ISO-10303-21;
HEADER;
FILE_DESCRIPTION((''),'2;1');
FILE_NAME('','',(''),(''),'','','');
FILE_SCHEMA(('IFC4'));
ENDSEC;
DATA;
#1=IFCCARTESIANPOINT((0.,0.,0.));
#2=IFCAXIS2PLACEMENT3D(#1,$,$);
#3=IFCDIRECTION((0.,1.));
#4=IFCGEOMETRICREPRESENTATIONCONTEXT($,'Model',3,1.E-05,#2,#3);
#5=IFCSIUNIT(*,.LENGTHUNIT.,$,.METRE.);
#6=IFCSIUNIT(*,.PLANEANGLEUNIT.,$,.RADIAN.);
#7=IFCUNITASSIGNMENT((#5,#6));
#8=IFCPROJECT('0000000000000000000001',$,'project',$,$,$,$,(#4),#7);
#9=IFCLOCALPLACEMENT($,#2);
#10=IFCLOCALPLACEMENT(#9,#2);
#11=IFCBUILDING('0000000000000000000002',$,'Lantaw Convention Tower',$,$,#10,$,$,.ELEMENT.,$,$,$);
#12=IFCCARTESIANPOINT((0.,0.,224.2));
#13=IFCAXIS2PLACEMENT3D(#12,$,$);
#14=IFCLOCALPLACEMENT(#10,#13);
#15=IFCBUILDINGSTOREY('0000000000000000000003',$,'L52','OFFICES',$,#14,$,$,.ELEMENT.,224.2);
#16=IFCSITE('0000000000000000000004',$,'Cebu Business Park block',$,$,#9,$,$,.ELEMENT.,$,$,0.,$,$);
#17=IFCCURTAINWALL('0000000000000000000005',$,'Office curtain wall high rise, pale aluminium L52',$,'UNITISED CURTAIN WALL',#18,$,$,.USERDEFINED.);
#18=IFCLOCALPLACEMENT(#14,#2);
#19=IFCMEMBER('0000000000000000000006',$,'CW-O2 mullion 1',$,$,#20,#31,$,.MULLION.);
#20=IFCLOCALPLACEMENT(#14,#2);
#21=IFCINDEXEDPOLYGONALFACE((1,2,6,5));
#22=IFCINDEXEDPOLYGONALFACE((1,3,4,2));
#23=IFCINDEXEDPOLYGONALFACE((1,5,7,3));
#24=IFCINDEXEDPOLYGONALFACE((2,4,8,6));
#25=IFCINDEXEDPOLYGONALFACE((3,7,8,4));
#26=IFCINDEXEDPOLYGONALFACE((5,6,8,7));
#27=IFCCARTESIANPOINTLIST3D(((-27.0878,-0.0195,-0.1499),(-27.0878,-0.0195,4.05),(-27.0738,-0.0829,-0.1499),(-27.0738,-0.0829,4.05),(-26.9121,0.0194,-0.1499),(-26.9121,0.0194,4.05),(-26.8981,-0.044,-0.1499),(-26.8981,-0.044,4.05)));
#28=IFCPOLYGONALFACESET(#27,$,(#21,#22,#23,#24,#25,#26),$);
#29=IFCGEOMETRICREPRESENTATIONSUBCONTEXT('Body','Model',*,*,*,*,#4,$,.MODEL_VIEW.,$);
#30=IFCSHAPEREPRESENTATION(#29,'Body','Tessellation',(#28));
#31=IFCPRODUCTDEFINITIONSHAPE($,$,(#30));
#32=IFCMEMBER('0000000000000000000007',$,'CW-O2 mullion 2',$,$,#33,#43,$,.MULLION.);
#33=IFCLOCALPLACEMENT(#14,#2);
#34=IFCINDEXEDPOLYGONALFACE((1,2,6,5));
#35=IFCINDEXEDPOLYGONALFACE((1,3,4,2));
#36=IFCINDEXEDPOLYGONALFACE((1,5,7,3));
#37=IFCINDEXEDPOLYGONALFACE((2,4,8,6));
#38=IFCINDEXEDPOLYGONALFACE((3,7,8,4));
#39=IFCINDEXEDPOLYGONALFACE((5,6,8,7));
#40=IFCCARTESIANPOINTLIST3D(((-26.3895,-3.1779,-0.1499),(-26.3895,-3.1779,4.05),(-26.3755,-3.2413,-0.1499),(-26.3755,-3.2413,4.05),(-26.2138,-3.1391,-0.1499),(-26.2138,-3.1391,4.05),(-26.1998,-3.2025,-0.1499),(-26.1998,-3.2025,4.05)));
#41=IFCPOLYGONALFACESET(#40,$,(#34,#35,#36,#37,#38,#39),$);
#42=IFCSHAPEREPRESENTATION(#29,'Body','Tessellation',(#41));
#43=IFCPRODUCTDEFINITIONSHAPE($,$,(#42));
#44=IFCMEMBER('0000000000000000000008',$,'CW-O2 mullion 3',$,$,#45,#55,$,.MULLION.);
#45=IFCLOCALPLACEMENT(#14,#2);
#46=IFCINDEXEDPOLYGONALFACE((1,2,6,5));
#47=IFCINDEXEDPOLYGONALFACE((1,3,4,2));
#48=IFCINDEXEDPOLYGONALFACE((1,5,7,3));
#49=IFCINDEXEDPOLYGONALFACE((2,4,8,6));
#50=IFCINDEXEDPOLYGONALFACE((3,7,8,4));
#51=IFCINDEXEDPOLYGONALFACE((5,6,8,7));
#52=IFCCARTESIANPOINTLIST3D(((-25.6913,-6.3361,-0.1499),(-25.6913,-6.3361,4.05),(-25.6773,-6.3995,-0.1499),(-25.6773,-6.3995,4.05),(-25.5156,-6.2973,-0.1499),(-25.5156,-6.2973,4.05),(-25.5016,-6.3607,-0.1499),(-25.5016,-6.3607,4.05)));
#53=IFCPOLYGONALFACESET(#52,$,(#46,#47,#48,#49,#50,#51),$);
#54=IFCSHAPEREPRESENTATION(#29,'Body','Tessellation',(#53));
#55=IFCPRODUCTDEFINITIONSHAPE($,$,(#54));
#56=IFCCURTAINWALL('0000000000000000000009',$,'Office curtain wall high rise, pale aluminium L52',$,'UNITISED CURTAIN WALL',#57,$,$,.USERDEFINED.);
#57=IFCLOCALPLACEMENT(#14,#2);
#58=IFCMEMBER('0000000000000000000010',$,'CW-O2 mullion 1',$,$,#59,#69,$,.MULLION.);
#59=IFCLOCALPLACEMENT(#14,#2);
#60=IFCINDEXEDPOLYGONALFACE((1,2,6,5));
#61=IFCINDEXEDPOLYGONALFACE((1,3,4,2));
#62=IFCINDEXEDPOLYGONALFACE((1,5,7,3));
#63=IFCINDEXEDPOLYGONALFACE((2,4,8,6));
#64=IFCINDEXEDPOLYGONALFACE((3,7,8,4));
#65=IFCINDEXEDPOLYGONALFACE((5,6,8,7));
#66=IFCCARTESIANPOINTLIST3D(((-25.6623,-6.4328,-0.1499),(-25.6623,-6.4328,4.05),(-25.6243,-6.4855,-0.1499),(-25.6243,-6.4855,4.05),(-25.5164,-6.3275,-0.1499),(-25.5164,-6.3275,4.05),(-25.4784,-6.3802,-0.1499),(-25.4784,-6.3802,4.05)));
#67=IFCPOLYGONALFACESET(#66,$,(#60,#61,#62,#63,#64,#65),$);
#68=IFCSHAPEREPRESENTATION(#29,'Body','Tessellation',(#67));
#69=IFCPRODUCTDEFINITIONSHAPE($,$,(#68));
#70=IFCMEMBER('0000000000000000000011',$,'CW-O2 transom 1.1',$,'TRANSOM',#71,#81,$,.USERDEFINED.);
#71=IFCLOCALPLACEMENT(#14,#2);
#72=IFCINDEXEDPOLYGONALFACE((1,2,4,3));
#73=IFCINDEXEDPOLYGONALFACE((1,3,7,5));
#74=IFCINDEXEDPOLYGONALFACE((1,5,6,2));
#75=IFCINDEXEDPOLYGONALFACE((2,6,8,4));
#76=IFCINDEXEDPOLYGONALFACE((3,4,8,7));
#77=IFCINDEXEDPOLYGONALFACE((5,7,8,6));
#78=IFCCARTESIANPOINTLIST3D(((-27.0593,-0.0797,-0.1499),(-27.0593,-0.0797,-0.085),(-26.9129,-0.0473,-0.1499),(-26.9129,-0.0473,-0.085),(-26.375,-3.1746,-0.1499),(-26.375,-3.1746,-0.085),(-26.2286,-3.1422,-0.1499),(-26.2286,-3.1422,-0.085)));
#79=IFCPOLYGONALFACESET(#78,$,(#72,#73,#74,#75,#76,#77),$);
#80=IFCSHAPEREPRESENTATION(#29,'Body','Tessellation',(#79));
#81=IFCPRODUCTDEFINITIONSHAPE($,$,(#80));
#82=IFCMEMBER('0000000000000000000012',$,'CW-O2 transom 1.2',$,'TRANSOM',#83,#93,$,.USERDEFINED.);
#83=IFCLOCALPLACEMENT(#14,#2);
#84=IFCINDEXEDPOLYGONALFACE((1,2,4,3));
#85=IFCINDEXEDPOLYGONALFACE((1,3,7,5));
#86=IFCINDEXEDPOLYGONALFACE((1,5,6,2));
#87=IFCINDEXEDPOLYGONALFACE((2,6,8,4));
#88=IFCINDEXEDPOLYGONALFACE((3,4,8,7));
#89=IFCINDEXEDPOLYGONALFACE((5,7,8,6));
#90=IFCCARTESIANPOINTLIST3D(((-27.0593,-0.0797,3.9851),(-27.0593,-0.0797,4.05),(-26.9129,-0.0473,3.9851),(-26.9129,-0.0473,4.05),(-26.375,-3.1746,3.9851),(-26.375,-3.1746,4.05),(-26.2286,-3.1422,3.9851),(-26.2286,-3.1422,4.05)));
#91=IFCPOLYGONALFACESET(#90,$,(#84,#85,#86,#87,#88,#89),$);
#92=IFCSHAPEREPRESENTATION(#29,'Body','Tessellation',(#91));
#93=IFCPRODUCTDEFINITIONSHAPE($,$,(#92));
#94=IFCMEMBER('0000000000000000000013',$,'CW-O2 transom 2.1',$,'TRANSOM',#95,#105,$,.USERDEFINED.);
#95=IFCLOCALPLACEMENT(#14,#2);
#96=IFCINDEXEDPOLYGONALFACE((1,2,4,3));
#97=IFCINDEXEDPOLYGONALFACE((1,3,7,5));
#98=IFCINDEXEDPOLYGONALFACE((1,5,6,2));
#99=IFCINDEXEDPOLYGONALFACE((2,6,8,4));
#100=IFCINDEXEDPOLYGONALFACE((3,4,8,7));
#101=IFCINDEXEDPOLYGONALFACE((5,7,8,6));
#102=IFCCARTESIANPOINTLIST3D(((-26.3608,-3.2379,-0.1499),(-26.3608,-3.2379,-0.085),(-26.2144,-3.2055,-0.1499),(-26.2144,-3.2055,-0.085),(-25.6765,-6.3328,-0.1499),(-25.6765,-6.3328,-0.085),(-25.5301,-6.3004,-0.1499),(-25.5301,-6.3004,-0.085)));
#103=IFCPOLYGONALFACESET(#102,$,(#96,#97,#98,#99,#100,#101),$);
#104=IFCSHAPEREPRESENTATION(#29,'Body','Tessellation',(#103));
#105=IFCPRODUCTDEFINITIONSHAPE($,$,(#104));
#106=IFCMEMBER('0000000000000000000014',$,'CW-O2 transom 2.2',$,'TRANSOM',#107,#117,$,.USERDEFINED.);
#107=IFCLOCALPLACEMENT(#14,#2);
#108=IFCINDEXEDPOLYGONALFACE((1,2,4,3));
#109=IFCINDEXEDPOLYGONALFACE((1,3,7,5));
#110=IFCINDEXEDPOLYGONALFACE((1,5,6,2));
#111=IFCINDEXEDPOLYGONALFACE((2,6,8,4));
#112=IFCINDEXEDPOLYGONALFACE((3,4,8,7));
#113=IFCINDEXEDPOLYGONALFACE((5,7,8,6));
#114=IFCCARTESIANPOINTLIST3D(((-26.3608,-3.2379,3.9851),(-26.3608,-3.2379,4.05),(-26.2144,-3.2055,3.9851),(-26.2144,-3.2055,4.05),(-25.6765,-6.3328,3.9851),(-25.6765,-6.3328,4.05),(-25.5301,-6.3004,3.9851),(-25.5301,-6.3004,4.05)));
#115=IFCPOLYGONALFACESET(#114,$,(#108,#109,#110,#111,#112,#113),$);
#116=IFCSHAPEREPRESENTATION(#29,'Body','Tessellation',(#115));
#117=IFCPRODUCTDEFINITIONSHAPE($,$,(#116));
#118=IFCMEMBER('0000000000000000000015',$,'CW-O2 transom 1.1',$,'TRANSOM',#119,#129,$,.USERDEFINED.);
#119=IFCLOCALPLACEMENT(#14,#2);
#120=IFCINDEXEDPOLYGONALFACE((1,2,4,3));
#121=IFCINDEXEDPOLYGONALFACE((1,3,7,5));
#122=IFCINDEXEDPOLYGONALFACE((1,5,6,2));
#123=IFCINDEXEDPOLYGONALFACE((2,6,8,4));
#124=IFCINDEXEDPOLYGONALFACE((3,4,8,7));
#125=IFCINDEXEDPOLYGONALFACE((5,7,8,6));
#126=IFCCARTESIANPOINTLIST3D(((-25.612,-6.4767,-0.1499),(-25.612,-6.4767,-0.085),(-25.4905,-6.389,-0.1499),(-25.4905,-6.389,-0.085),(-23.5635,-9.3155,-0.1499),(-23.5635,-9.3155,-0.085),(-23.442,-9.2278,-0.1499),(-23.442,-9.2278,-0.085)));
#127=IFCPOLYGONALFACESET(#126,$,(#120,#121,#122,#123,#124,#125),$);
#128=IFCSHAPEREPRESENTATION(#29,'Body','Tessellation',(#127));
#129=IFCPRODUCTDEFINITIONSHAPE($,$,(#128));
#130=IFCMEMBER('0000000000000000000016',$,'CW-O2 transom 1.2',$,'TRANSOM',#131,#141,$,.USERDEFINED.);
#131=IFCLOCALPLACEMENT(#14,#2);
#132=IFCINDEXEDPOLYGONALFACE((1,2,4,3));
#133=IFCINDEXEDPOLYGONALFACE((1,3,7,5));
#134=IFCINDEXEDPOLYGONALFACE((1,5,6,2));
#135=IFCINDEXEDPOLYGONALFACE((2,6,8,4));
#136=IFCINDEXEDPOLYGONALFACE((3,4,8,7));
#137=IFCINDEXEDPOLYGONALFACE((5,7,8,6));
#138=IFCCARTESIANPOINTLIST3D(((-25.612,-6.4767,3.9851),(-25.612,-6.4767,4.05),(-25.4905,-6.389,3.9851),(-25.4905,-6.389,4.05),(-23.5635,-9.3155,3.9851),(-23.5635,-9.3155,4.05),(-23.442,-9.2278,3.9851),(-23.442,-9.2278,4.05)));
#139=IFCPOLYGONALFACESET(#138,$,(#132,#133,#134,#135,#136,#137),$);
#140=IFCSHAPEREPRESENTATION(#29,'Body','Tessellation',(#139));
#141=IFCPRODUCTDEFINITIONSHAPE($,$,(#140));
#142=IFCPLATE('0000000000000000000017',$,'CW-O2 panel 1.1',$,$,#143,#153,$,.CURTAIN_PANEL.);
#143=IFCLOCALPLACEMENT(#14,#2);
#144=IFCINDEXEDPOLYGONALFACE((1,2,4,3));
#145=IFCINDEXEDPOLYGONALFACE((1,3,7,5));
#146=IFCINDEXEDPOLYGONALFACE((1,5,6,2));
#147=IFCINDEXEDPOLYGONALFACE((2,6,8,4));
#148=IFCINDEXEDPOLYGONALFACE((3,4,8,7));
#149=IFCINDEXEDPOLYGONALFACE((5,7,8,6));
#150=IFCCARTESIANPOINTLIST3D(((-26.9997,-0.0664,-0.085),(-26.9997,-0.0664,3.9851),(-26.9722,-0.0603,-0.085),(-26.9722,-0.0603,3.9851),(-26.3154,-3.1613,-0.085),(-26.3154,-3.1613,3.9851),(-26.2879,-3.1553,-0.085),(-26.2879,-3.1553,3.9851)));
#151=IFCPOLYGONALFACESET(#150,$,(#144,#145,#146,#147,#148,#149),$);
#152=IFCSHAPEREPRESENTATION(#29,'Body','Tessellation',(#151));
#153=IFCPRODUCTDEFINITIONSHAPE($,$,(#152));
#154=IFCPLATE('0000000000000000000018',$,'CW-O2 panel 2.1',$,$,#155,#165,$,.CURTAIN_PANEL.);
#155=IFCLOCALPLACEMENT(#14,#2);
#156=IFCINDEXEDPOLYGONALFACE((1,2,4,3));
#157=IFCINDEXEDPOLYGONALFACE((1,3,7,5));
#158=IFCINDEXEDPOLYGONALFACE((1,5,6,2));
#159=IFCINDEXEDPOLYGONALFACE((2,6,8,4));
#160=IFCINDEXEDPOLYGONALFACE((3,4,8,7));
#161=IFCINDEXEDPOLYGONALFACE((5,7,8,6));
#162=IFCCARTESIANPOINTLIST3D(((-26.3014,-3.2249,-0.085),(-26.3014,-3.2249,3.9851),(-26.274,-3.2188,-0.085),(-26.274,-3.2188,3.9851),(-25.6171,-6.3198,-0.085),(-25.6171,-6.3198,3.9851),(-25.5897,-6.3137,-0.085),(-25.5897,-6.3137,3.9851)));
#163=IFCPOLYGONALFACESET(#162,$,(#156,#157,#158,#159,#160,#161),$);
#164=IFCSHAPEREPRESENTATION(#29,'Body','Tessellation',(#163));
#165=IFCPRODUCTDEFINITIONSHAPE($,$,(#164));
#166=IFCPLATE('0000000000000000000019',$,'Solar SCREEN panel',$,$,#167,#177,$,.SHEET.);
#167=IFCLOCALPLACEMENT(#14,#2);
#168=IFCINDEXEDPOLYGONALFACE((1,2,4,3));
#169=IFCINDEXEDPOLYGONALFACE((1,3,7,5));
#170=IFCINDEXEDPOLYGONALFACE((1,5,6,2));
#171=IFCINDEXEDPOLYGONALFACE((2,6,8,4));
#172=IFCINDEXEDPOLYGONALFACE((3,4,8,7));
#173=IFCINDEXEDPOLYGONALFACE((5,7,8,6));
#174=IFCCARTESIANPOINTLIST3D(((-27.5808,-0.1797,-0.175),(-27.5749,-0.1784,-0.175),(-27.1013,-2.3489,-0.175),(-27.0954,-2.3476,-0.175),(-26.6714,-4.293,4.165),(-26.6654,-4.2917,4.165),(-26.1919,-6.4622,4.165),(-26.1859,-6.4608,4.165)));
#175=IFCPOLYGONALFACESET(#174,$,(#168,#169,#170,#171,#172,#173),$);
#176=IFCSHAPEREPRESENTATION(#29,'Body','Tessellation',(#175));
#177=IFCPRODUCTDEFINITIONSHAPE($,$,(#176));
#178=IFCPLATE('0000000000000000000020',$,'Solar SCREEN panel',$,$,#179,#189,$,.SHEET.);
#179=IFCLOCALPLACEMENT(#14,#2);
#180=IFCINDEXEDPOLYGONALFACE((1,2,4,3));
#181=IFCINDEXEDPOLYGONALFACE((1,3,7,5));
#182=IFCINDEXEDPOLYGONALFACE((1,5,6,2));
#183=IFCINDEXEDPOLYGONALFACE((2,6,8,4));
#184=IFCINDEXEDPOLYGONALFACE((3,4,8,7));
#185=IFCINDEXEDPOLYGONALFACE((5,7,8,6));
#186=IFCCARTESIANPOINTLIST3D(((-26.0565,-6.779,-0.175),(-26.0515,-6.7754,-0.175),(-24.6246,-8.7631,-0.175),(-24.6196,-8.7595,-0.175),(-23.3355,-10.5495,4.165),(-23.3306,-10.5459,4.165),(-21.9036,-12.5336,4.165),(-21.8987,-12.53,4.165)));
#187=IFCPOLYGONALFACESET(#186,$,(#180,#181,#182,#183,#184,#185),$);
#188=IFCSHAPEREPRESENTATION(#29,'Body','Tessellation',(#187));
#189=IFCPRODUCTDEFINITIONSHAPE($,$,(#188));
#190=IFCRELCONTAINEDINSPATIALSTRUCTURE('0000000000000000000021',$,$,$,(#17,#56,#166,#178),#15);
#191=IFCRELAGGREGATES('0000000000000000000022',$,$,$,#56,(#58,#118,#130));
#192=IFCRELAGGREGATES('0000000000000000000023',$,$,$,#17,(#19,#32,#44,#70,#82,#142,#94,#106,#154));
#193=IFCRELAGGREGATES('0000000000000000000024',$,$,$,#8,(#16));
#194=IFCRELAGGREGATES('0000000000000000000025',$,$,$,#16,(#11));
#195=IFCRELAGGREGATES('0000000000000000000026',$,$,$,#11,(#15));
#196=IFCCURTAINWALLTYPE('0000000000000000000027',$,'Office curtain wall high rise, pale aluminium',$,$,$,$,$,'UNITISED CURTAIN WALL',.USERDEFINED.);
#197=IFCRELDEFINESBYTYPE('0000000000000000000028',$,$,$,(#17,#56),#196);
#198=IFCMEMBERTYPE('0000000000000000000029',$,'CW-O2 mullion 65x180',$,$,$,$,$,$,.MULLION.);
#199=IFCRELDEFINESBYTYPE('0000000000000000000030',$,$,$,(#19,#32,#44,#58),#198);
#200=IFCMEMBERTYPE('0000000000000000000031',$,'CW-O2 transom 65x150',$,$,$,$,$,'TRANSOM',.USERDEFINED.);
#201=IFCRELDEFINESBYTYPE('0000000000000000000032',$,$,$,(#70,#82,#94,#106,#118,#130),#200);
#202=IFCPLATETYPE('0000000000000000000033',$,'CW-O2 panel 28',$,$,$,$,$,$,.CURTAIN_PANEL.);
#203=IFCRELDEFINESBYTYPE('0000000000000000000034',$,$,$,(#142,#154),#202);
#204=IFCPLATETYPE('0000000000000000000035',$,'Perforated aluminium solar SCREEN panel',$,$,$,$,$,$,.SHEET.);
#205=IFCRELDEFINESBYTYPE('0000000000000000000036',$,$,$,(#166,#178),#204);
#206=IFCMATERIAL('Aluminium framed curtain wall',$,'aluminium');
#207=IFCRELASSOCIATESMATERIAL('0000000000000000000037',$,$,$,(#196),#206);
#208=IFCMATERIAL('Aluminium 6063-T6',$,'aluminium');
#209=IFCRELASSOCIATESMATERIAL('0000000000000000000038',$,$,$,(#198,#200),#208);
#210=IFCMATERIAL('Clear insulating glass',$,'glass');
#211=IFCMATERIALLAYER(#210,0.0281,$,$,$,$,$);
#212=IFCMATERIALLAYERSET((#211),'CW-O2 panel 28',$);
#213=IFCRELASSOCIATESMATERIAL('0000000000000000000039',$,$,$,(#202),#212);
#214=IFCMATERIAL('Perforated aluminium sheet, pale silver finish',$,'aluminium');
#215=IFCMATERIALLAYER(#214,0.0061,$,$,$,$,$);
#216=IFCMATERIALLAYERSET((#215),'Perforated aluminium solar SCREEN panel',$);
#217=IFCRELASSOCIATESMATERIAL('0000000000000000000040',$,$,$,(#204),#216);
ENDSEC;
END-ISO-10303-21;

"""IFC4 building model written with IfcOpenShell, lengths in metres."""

from ifc_helpers import new_model, si_unit, direction, frame, origin, origin_2d, place, context, subcontext, project, spatial, polyline, rectangle, outline, extrude, material, layer, layer_set, material_profile, profile_set, type_object, element, aggregate, save


model = new_model("IFC4")

# Units and contexts
model_context = context("Model", 3, precision=1e-05, world=origin(), true_north=direction((0.0, 1.0)))
body_context = subcontext(model_context, "Body", "Model", "MODEL_VIEW")
ifc_project = project(units=[si_unit("LENGTHUNIT", "METRE"), si_unit("PLANEANGLEUNIT", "RADIAN")], contexts=[model_context])

# Site, building, storey
site_placement = place(None, origin())
site = spatial("IfcSite", under=ifc_project, at=site_placement, Name="Cebu Business Park block", CompositionType="ELEMENT", RefElevation=0.0)
building_placement = place(site_placement, origin())
building = spatial("IfcBuilding", under=site, at=building_placement, Name="Lantaw Convention Tower", CompositionType="ELEMENT")
storey_placement = place(building_placement, frame((0.0, 0.0, 224.2)))
storey = spatial("IfcBuildingStorey", under=building, at=storey_placement, Name="L52", Description="OFFICES", CompositionType="ELEMENT", Elevation=224.2)

# Curtain wall, members
ifc_material_1 = material(Name="Aluminium framed curtain wall", Category="aluminium")
curtain_wall_type = type_object("IfcCurtainWallType", Name="Office curtain wall high rise, pale aluminium", ElementType="UNITISED CURTAIN WALL", PredefinedType="USERDEFINED", material=ifc_material_1)
curtain_wall_1_placement = place(storey_placement, origin())
curtain_wall_1 = element("IfcCurtainWall", 1, at=curtain_wall_1_placement, inside=storey, type_object=curtain_wall_type, Name="Office curtain wall high rise, pale aluminium L52", ObjectType="UNITISED CURTAIN WALL", PredefinedType="USERDEFINED")
ifc_material_2 = material(Name="Aluminium 6063-T6", Category="aluminium")
ifc_material_profile_1 = material_profile(ifc_material_2, rectangle(XDim=0.1799, YDim=0.0649, at=origin_2d()), Name="CW-O2 mullion 65x180")
ifc_profile_set_1 = profile_set([ifc_material_profile_1], Name="Aluminium 6063-T6")
member_type_1 = type_object("IfcMemberType", Name="CW-O2 mullion 65x180", PredefinedType="MULLION", material=ifc_profile_set_1)
member_1_placement = place(storey_placement, frame((-26.9929, -0.0317, -0.1499), z_axis=(0.0, 0.0, 1.0), x_axis=(0.976417, 0.215891, 0.0)))
member_1 = element("IfcMember", 2, at=member_1_placement, type_object=member_type_1, Name="CW-O2 mullion 1", PredefinedType="MULLION", context=body_context, shape_type="SweptSolid", body=[
    extrude(rectangle(XDim=0.1799, YDim=0.0649, at=origin_2d()), origin(), (0.0, 0.0, 1.0), 4.2),
])
member_2_placement = place(storey_placement, frame((-26.2947, -3.1902, -0.1499), z_axis=(0.0, 0.0, 1.0), x_axis=(0.976417, 0.215891, 0.0)))
member_2 = element("IfcMember", 3, at=member_2_placement, type_object=member_type_1, Name="CW-O2 mullion 2", PredefinedType="MULLION", context=body_context, shape_type="SweptSolid", body=[
    extrude(rectangle(XDim=0.1799, YDim=0.0649, at=origin_2d()), origin(), (0.0, 0.0, 1.0), 4.2),
])
member_3_placement = place(storey_placement, frame((-25.5964, -6.3484, -0.1499), z_axis=(0.0, 0.0, 1.0), x_axis=(0.976417, 0.215891, 0.0)))
member_3 = element("IfcMember", 4, at=member_3_placement, type_object=member_type_1, Name="CW-O2 mullion 3", PredefinedType="MULLION", context=body_context, shape_type="SweptSolid", body=[
    extrude(rectangle(XDim=0.1799, YDim=0.0649, at=origin_2d()), origin(), (0.0, 0.0, 1.0), 4.2),
])

# Curtain wall, member
curtain_wall_2_placement = place(storey_placement, origin())
curtain_wall_2 = element("IfcCurtainWall", 5, at=curtain_wall_2_placement, inside=storey, type_object=curtain_wall_type, Name="Office curtain wall high rise, pale aluminium L52", ObjectType="UNITISED CURTAIN WALL", PredefinedType="USERDEFINED")
member_4_placement = place(storey_placement, frame((-25.5703, -6.4065, -0.1499), z_axis=(0.0, 0.0, 1.0), x_axis=(0.81092, 0.585158, 0.0)))
member_4 = element("IfcMember", 6, at=member_4_placement, type_object=member_type_1, Name="CW-O2 mullion 1", PredefinedType="MULLION", context=body_context, shape_type="SweptSolid", body=[
    extrude(rectangle(XDim=0.1799, YDim=0.0649, at=origin_2d()), origin(), (0.0, 0.0, 1.0), 4.2),
])

# Members
ifc_material_profile_2 = material_profile(ifc_material_2, rectangle(XDim=0.1499, YDim=0.0649, at=origin_2d()), Name="CW-O2 transom 65x150")
ifc_profile_set_2 = profile_set([ifc_material_profile_2], Name="Aluminium 6063-T6")
member_type_2 = type_object("IfcMemberType", Name="CW-O2 transom 65x150", ElementType="TRANSOM", PredefinedType="USERDEFINED", material=ifc_profile_set_2)
member_5_placement = place(storey_placement, frame((-26.9861, -0.0635, -0.1174), z_axis=(0.215895, -0.976417, 0.0), x_axis=(0.976417, 0.215895, 0.0)))
member_5 = element("IfcMember", 7, at=member_5_placement, type_object=member_type_2, Name="CW-O2 transom 1.1", ObjectType="TRANSOM", PredefinedType="USERDEFINED", context=body_context, shape_type="SweptSolid", body=[
    extrude(rectangle(XDim=0.1499, YDim=0.0649, at=origin_2d()), origin(), (0.0, 0.0, 1.0), 3.1697),
])
member_6_placement = place(storey_placement, frame((-26.9861, -0.0635, 4.0176), z_axis=(0.215895, -0.976417, 0.0), x_axis=(0.976417, 0.215895, 0.0)))
member_6 = element("IfcMember", 8, at=member_6_placement, type_object=member_type_2, Name="CW-O2 transom 1.2", ObjectType="TRANSOM", PredefinedType="USERDEFINED", context=body_context, shape_type="SweptSolid", body=[
    extrude(rectangle(XDim=0.1499, YDim=0.0649, at=origin_2d()), origin(), (0.0, 0.0, 1.0), 3.1697),
])
member_7_placement = place(storey_placement, frame((-26.2876, -3.2217, -0.1174), z_axis=(0.215895, -0.976417, 0.0), x_axis=(0.976417, 0.215895, 0.0)))
member_7 = element("IfcMember", 9, at=member_7_placement, type_object=member_type_2, Name="CW-O2 transom 2.1", ObjectType="TRANSOM", PredefinedType="USERDEFINED", context=body_context, shape_type="SweptSolid", body=[
    extrude(rectangle(XDim=0.1499, YDim=0.0649, at=origin_2d()), origin(), (0.0, 0.0, 1.0), 3.1697),
])
member_8_placement = place(storey_placement, frame((-26.2876, -3.2217, 4.0176), z_axis=(0.215895, -0.976417, 0.0), x_axis=(0.976417, 0.215895, 0.0)))
member_8 = element("IfcMember", 10, at=member_8_placement, type_object=member_type_2, Name="CW-O2 transom 2.2", ObjectType="TRANSOM", PredefinedType="USERDEFINED", context=body_context, shape_type="SweptSolid", body=[
    extrude(rectangle(XDim=0.1499, YDim=0.0649, at=origin_2d()), origin(), (0.0, 0.0, 1.0), 3.1697),
])
member_9_placement = place(storey_placement, frame((-25.5513, -6.4329, -0.1174), z_axis=(0.58517, -0.810911, 0.0), x_axis=(0.810911, 0.58517, 0.0)))
member_9 = element("IfcMember", 11, at=member_9_placement, type_object=member_type_2, Name="CW-O2 transom 1.1", ObjectType="TRANSOM", PredefinedType="USERDEFINED", context=body_context, shape_type="SweptSolid", body=[
    extrude(rectangle(XDim=0.1499, YDim=0.0649, at=origin_2d()), origin(), (0.0, 0.0, 1.0), 3.5007),
])
member_10_placement = place(storey_placement, frame((-25.5513, -6.4329, 4.0176), z_axis=(0.58517, -0.810911, 0.0), x_axis=(0.810911, 0.58517, 0.0)))
member_10 = element("IfcMember", 12, at=member_10_placement, type_object=member_type_2, Name="CW-O2 transom 1.2", ObjectType="TRANSOM", PredefinedType="USERDEFINED", context=body_context, shape_type="SweptSolid", body=[
    extrude(rectangle(XDim=0.1499, YDim=0.0649, at=origin_2d()), origin(), (0.0, 0.0, 1.0), 3.5007),
])
aggregate(curtain_wall_2, [member_4, member_9, member_10])

# Plates
ifc_material_3 = material(Name="Clear insulating glass", Category="glass")
ifc_layer_1 = layer(ifc_material_3, 0.0281)
ifc_layer_set_1 = layer_set([ifc_layer_1], Name="CW-O2 panel 28")
plate_type_1 = type_object("IfcPlateType", Name="CW-O2 panel 28", PredefinedType="CURTAIN_PANEL", material=ifc_layer_set_1)
plate_1_placement = place(storey_placement, frame((-26.6438, -1.6108, -0.085), z_axis=(0.0, 0.0, 1.0), x_axis=(0.215891, -0.976417, 0.0)))
plate_1 = element("IfcPlate", 13, at=plate_1_placement, type_object=plate_type_1, Name="CW-O2 panel 1.1", PredefinedType="CURTAIN_PANEL", context=body_context, shape_type="SweptSolid", body=[
    extrude(rectangle(XDim=3.1697, YDim=0.0281, at=origin_2d()), origin(), (0.0, 0.0, 1.0), 4.0701),
])
plate_2_placement = place(storey_placement, frame((-25.9456, -4.7693, -0.085), z_axis=(0.0, 0.0, 1.0), x_axis=(0.215891, -0.976417, 0.0)))
plate_2 = element("IfcPlate", 14, at=plate_2_placement, type_object=plate_type_1, Name="CW-O2 panel 2.1", PredefinedType="CURTAIN_PANEL", context=body_context, shape_type="SweptSolid", body=[
    extrude(rectangle(XDim=3.1697, YDim=0.0281, at=origin_2d()), origin(), (0.0, 0.0, 1.0), 4.0701),
])
aggregate(curtain_wall_1, [member_1, member_2, member_3, member_5, member_6, plate_1, member_7, member_8, plate_2])

# Plates
ifc_material_4 = material(Name="Perforated aluminium sheet, pale silver finish", Category="aluminium")
ifc_layer_2 = layer(ifc_material_4, 0.0061)
ifc_layer_set_2 = layer_set([ifc_layer_2], Name="Perforated aluminium solar SCREEN panel")
plate_type_2 = type_object("IfcPlateType", Name="Perforated aluminium solar SCREEN panel", PredefinedType="SHEET", material=ifc_layer_set_2)
plate_3_placement = place(storey_placement, frame((-27.5808, -0.1797, -0.175), z_axis=(-0.97643, -0.215837, 0.000044), x_axis=(0.215837, -0.97643, 0.0)))
element("IfcPlate", 15, at=plate_3_placement, inside=storey, type_object=plate_type_2, Name="Solar SCREEN panel", PredefinedType="SHEET", context=body_context, shape_type="SweptSolid", body=[
    extrude(outline(polyline([(0.0, 0.0), (2.2216, 0.0), (6.4342, 4.3401), (4.2126, 4.3401), (0.0, 0.0)])), origin(), (0.0, 0.0, -1.0), 0.0061),
])
plate_4_placement = place(storey_placement, frame((-26.0515, -6.7754, -0.175), z_axis=(0.810892, 0.585195, 0.00002), x_axis=(0.585195, -0.810892, 0.0)))
element("IfcPlate", 16, at=plate_4_placement, inside=storey, type_object=plate_type_2, Name="Solar SCREEN panel", PredefinedType="SHEET", context=body_context, shape_type="SweptSolid", body=[
    extrude(outline(polyline([(0.0, 0.0), (2.4468, 0.0), (7.0966, -4.3401), (4.6498, -4.3401), (0.0, 0.0)])), origin(), (0.0, 0.0, -1.0), 0.0061),
])

save(model, "model.ifc")
